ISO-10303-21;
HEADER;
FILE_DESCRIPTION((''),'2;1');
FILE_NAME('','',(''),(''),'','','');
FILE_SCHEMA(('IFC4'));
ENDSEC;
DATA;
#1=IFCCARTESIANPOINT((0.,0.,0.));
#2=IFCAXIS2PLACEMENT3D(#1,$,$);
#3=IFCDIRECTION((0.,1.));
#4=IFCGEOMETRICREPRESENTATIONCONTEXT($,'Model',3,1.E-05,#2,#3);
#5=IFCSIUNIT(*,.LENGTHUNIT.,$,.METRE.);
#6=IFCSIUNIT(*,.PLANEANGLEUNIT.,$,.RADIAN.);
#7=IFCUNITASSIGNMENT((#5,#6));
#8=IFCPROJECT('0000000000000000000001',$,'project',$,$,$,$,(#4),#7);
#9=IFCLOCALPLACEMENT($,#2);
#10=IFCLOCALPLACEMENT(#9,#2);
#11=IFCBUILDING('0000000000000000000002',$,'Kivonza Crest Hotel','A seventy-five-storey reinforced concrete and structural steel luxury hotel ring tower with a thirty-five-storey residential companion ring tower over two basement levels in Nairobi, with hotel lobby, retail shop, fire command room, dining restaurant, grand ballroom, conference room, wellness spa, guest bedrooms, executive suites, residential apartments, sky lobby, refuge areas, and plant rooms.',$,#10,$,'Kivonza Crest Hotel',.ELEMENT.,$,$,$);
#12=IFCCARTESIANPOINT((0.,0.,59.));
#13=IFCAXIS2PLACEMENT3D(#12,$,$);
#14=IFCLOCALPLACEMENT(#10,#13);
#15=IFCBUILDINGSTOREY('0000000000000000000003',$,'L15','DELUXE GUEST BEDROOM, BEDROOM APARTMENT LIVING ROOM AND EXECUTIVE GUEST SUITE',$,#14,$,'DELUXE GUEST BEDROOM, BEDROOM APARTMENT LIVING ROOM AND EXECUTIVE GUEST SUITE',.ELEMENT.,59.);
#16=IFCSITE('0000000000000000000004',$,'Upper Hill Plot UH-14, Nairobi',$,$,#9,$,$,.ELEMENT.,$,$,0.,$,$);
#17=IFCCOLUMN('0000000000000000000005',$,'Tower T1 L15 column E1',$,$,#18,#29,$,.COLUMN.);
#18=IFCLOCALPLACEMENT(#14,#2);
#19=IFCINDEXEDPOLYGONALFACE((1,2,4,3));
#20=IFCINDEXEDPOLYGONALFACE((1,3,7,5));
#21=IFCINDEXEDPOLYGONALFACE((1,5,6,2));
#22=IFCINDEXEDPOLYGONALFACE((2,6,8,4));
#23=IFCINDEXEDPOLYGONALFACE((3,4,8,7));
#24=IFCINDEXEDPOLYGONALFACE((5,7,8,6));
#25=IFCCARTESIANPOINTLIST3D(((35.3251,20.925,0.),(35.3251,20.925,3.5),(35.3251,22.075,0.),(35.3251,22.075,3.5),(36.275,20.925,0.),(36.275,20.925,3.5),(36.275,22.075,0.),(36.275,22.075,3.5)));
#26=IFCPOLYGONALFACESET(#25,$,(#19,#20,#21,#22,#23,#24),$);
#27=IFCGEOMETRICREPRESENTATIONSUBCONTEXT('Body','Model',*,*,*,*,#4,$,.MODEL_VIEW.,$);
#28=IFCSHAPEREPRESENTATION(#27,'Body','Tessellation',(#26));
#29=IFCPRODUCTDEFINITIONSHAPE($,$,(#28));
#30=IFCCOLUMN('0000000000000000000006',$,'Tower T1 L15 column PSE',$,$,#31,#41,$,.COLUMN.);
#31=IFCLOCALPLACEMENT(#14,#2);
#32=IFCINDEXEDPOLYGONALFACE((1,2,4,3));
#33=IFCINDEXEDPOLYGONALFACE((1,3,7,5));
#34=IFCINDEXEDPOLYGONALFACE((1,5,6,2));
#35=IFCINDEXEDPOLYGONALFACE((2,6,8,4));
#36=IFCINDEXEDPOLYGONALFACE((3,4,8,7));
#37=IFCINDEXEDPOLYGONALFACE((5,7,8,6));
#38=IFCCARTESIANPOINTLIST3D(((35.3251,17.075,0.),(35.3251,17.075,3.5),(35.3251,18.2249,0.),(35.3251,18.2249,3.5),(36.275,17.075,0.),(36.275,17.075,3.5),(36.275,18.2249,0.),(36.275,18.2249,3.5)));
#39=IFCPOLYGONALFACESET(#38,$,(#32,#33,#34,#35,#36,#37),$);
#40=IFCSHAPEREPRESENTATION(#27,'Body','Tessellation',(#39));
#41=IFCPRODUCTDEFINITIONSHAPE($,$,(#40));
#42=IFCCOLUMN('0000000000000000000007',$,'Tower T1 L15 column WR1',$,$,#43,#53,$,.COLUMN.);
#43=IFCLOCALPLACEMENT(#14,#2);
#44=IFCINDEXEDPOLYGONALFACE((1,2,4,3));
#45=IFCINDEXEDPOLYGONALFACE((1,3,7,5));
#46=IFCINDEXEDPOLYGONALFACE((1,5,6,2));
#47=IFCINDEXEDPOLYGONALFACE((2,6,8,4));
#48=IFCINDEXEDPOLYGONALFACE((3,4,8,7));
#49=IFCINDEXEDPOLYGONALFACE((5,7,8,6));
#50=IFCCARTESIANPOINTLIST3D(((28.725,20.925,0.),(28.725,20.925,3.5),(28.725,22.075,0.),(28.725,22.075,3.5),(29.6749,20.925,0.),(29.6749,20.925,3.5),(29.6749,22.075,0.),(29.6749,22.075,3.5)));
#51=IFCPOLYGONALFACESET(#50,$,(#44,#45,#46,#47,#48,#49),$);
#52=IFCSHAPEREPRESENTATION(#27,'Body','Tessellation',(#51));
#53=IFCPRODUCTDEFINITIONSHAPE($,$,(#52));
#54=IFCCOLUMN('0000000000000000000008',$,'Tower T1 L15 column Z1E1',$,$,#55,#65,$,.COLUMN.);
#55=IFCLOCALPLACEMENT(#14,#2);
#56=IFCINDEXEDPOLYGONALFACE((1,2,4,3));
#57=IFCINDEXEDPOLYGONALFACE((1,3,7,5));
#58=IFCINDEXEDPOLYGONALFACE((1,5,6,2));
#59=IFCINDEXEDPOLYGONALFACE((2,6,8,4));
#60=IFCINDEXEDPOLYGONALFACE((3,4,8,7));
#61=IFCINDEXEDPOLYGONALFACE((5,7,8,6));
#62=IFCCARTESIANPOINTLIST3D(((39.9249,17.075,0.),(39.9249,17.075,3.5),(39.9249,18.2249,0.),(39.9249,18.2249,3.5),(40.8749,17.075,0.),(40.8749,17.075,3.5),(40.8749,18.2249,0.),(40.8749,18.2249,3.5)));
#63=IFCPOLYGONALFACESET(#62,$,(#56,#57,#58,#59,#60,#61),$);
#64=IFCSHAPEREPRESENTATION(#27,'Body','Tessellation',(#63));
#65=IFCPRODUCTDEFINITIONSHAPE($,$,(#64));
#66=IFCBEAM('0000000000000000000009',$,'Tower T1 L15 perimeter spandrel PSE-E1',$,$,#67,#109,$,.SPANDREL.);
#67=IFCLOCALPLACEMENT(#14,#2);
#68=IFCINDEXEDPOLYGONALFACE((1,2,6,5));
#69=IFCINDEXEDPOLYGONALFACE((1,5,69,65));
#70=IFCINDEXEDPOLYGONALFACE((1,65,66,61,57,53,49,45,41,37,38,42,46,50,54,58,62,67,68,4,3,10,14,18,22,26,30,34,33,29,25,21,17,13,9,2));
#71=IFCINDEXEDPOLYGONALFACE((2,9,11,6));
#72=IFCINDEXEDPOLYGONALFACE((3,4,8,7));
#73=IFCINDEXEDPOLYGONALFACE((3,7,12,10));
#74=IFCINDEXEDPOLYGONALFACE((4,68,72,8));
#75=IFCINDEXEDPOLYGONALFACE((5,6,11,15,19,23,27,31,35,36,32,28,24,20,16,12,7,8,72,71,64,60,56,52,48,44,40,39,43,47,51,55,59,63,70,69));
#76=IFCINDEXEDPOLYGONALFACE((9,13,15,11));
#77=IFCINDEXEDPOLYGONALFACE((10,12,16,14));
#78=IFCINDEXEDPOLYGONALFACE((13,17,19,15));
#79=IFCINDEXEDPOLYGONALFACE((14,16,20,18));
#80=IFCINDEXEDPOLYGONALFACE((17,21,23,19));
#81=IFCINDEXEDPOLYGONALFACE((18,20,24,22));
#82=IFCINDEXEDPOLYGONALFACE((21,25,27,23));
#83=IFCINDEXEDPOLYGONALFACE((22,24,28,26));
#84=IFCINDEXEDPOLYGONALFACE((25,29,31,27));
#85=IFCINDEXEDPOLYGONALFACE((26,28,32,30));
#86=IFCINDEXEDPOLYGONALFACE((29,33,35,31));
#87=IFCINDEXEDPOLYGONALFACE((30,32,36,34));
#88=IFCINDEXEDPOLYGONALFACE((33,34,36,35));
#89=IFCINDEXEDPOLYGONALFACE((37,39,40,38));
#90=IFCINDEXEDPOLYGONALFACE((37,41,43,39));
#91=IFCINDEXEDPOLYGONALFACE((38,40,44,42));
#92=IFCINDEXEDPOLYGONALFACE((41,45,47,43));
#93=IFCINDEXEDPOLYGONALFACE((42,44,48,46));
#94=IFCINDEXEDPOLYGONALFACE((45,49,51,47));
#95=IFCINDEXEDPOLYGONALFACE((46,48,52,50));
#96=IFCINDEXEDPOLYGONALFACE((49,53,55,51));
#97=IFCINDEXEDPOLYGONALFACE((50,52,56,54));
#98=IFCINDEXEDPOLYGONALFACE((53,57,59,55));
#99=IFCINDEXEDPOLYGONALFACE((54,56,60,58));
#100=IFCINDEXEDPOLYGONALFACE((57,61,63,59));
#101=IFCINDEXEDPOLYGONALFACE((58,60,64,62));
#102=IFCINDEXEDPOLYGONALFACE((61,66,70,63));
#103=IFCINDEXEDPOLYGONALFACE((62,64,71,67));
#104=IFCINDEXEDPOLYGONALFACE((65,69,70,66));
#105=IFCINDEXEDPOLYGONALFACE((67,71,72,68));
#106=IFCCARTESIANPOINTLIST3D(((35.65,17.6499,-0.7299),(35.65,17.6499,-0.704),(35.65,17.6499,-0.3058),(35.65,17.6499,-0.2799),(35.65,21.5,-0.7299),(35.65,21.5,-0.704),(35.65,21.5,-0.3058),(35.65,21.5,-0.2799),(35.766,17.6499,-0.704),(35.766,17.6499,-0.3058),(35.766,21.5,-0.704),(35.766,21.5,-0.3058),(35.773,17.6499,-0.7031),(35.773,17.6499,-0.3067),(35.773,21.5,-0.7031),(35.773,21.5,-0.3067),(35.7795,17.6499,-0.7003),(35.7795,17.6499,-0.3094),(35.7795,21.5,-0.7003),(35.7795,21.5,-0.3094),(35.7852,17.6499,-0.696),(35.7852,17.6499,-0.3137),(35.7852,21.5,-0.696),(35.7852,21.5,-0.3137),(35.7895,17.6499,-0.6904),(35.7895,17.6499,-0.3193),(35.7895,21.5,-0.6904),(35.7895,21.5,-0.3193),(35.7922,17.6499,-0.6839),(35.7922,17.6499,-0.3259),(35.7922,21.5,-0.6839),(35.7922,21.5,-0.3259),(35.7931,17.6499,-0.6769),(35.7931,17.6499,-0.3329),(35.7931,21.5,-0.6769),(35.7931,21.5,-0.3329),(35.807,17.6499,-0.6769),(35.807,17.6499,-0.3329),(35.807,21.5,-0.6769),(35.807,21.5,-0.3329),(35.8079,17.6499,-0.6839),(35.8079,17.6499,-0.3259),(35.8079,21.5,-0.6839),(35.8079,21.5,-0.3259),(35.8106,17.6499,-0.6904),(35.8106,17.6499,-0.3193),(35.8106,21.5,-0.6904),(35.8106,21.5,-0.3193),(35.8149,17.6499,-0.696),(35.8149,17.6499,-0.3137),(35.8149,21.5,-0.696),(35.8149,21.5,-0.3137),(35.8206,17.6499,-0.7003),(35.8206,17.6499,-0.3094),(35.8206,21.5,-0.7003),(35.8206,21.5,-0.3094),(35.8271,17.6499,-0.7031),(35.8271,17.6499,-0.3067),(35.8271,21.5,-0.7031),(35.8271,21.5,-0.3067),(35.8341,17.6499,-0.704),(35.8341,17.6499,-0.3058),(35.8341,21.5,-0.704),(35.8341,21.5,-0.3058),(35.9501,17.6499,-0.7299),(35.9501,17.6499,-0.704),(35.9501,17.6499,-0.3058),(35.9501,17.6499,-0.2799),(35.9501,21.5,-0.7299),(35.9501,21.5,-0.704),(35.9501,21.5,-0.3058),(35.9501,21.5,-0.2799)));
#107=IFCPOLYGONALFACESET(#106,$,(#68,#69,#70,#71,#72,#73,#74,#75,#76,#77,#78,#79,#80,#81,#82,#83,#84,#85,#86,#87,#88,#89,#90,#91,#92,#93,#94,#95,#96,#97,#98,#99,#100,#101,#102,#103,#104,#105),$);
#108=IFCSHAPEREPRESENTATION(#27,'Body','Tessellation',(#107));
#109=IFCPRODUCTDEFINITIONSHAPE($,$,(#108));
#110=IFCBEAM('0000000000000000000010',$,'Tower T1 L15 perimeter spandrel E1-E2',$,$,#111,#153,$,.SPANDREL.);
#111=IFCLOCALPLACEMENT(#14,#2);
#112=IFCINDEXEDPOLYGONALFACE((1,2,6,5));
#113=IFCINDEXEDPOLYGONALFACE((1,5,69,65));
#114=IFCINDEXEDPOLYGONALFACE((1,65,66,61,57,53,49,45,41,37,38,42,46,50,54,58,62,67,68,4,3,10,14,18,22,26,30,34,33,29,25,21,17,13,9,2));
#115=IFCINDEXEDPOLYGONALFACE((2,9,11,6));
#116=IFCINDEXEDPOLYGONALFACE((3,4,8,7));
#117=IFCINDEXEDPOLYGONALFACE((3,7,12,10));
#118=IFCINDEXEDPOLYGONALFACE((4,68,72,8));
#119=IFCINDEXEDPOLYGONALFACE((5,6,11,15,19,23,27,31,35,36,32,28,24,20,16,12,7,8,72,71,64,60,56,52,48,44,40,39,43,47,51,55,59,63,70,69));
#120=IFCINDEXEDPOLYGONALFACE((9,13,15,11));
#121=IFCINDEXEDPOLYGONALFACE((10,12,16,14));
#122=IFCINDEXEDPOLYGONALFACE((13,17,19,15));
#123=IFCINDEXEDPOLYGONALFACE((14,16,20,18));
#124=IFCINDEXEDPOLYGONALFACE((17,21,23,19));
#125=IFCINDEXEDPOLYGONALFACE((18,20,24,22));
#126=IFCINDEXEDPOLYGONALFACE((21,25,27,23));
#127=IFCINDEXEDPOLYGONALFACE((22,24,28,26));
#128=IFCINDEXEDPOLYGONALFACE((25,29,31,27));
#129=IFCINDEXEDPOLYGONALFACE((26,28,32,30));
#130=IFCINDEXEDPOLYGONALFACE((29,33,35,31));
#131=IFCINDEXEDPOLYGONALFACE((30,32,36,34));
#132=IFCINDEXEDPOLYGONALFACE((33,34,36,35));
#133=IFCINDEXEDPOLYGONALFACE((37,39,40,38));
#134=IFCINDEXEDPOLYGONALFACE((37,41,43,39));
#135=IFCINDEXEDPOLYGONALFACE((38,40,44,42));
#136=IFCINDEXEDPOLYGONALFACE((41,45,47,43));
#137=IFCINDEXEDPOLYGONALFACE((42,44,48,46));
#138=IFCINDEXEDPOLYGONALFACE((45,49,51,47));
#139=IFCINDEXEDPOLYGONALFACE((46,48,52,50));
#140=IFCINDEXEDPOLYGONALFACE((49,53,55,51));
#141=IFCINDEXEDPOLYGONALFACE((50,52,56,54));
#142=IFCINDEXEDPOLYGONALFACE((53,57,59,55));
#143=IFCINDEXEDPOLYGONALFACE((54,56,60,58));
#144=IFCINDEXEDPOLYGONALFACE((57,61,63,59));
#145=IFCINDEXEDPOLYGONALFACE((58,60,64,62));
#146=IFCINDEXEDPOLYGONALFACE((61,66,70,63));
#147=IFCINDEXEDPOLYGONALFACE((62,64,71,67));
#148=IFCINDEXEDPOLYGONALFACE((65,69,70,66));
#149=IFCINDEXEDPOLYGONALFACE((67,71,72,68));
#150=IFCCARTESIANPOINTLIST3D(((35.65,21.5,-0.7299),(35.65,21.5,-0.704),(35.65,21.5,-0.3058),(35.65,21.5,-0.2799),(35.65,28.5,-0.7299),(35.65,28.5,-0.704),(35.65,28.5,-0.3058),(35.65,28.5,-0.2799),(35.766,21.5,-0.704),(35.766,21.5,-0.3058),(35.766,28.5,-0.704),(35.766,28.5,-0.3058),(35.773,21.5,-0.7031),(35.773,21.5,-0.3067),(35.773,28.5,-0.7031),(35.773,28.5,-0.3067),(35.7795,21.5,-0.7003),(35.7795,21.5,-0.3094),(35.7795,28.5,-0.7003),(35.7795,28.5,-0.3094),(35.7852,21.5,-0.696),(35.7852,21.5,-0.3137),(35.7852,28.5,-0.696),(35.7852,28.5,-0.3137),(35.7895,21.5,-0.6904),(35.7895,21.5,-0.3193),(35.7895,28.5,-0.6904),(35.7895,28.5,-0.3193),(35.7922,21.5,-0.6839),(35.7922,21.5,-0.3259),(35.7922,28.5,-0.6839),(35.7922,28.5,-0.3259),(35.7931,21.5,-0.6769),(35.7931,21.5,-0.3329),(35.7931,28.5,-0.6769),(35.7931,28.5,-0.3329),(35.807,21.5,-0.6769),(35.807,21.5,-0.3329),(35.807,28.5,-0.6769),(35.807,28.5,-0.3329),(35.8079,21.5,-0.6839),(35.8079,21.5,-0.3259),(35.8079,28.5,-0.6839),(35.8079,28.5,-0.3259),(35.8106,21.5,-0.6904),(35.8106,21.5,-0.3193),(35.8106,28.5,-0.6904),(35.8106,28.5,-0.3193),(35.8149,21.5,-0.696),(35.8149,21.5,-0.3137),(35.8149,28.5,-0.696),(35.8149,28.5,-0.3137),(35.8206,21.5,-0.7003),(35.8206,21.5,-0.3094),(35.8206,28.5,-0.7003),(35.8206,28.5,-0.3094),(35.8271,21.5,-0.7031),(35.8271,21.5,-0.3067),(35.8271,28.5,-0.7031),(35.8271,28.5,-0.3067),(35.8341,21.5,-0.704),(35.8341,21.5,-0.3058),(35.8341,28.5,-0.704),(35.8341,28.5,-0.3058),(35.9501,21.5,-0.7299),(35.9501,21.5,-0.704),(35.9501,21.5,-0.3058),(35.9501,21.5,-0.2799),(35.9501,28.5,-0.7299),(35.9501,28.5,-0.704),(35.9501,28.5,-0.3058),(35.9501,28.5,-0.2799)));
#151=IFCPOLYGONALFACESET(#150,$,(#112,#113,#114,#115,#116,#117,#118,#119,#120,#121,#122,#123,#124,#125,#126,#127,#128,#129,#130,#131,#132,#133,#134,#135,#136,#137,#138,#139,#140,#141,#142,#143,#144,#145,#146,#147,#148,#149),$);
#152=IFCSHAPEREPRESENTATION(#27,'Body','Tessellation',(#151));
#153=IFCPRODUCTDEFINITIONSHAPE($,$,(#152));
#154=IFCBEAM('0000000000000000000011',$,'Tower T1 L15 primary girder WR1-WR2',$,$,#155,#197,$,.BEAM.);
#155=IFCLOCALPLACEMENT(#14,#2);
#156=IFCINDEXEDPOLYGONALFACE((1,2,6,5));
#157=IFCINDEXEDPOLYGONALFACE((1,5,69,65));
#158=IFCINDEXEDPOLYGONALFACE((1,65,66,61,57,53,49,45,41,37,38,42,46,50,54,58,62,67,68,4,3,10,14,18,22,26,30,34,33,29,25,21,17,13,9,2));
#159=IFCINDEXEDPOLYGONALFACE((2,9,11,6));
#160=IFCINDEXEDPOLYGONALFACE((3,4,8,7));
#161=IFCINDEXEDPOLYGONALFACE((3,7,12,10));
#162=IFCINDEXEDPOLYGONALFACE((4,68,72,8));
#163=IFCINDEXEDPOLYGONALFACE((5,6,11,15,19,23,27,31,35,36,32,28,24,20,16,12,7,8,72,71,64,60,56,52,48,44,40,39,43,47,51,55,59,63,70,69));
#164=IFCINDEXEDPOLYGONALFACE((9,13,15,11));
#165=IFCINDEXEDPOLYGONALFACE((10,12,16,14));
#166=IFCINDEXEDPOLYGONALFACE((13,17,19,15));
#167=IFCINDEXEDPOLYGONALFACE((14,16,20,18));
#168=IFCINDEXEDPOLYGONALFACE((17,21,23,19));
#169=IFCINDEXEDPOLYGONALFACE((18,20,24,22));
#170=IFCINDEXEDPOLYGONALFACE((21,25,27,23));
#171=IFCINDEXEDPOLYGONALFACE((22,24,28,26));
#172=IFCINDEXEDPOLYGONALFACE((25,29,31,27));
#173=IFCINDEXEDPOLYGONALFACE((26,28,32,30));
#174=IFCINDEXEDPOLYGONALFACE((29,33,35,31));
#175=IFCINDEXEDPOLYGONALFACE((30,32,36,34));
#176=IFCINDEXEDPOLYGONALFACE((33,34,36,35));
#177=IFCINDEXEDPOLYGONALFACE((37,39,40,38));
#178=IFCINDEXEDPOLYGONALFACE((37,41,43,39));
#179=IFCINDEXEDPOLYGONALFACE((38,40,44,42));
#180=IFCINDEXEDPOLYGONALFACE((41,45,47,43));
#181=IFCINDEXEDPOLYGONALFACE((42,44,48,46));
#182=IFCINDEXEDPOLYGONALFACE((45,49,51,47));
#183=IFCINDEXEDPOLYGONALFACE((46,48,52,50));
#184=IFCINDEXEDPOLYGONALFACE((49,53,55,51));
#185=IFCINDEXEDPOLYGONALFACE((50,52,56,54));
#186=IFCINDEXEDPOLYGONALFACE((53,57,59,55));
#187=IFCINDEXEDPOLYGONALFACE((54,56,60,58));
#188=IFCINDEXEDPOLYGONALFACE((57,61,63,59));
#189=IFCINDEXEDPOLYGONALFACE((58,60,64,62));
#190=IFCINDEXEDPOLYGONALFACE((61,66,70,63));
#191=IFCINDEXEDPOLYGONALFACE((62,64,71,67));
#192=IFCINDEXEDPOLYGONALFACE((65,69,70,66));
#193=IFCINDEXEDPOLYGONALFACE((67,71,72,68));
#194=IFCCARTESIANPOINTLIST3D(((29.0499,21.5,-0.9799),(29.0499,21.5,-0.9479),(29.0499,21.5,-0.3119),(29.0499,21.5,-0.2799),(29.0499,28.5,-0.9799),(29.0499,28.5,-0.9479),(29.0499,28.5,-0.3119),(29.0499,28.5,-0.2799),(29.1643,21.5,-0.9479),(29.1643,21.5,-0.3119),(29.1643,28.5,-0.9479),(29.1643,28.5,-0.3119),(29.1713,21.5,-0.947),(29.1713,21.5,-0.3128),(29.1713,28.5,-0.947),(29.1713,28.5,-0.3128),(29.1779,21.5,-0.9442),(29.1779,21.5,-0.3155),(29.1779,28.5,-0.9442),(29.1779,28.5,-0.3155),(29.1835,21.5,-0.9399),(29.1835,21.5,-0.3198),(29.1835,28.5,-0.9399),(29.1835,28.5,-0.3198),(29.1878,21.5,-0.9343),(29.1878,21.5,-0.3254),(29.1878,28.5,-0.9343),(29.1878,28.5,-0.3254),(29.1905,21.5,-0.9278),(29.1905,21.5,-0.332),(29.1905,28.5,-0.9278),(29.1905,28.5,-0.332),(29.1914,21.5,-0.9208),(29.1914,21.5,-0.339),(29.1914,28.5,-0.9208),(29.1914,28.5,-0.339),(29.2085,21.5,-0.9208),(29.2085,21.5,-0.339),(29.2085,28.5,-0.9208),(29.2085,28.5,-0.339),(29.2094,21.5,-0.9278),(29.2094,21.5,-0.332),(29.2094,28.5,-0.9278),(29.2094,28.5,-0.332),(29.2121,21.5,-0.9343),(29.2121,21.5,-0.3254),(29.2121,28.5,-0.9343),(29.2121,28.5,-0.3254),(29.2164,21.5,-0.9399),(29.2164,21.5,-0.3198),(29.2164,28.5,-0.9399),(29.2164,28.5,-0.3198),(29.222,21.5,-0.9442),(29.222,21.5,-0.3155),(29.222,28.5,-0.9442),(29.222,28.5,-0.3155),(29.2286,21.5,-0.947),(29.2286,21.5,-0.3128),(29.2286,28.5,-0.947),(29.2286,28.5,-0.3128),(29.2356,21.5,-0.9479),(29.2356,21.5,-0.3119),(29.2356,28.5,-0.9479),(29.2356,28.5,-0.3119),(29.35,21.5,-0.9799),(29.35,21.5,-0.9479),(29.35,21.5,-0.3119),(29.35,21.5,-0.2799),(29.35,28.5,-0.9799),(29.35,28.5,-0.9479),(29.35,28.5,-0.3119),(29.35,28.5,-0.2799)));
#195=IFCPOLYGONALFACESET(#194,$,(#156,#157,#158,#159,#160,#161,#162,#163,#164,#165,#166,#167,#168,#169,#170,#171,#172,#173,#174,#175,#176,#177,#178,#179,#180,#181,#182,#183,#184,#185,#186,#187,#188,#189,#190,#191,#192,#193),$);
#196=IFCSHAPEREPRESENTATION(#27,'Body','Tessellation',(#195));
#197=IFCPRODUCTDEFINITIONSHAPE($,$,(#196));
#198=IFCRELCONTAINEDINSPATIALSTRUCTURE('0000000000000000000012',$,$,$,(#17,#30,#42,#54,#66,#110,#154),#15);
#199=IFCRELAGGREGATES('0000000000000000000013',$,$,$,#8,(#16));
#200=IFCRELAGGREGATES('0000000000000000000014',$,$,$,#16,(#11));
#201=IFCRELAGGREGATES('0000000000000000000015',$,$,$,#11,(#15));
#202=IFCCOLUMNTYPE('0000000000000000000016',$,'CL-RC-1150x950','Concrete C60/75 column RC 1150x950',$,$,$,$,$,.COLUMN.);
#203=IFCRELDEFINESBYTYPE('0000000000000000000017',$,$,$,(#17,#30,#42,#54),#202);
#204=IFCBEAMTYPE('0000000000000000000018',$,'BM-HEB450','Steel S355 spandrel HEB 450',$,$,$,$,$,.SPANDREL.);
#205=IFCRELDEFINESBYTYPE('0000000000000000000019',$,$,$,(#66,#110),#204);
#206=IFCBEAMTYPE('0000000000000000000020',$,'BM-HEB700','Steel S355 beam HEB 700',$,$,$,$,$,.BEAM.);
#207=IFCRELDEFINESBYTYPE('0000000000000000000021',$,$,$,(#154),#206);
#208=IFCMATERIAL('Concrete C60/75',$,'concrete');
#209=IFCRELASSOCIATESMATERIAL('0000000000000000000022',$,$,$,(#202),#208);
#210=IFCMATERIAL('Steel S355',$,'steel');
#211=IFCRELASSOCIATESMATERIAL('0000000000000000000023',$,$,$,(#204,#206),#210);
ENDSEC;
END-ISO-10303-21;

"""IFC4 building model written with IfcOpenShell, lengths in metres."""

from ifc_helpers import new_model, si_unit, direction, frame, origin, origin_2d, place, context, subcontext, project, spatial, rectangle, i_section, extrude, material, material_profile, profile_set, type_object, element, save


model = new_model("IFC4")

# Units and contexts
model_context = context("Model", 3, precision=1e-05, world=origin(), true_north=direction((0.0, 1.0)))
body_context = subcontext(model_context, "Body", "Model", "MODEL_VIEW")
ifc_project = project(units=[si_unit("LENGTHUNIT", "METRE"), si_unit("PLANEANGLEUNIT", "RADIAN")], contexts=[model_context])

# Site, building, storey
site_placement = place(None, origin())
site = spatial("IfcSite", under=ifc_project, at=site_placement, Name="Upper Hill Plot UH-14, Nairobi", CompositionType="ELEMENT", RefElevation=0.0)
building_placement = place(site_placement, origin())
building = spatial("IfcBuilding", under=site, at=building_placement, Name="Kivonza Crest Hotel", Description="A seventy-five-storey reinforced concrete and structural steel luxury hotel ring tower with a thirty-five-storey residential companion ring tower over two basement levels in Nairobi, with hotel lobby, retail shop, fire command room, dining restaurant, grand ballroom, conference room, wellness spa, guest bedrooms, executive suites, residential apartments, sky lobby, refuge areas, and plant rooms.", LongName="Kivonza Crest Hotel", CompositionType="ELEMENT")
storey_placement = place(building_placement, frame((0.0, 0.0, 59.0)))
storey = spatial("IfcBuildingStorey", under=building, at=storey_placement, Name="L15", Description="DELUXE GUEST BEDROOM, BEDROOM APARTMENT LIVING ROOM AND EXECUTIVE GUEST SUITE", LongName="DELUXE GUEST BEDROOM, BEDROOM APARTMENT LIVING ROOM AND EXECUTIVE GUEST SUITE", CompositionType="ELEMENT", Elevation=59.0)

# Columns
ifc_material_1 = material(Name="Concrete C60/75", Category="concrete")
ifc_material_profile_1 = material_profile(ifc_material_1, rectangle(XDim=0.95, YDim=1.1499, at=origin_2d()), Name="RC 1150x950")
ifc_profile_set_1 = profile_set([ifc_material_profile_1], Name="Concrete C60/75")
column_type = type_object("IfcColumnType", Name="CL-RC-1150x950", Description="Concrete C60/75 column RC 1150x950", PredefinedType="COLUMN", material=ifc_profile_set_1)
for number, where, z_axis, x_axis, name in (
    (1, (35.8, 21.5, 0.0), (0.0, 0.0, 1.0), (1.0, 0.0, 0.0), "Tower T1 L15 column E1"),
    (2, (35.8, 17.6499, 0.0), (0.0, 0.0, 1.0), (1.0, 0.0, 0.0), "Tower T1 L15 column PSE"),
    (3, (29.2, 21.5, 0.0), (0.0, 0.0, 1.0), (1.0, 0.0, 0.0), "Tower T1 L15 column WR1"),
    (4, (40.3999, 17.6499, 0.0), (0.0, 0.0, 1.0), (1.0, 0.0, 0.0), "Tower T1 L15 column Z1E1"),
):
    element("IfcColumn", number, at=place(storey_placement, frame(where, z_axis=z_axis, x_axis=x_axis)), inside=storey, type_object=column_type, Name=name, PredefinedType="COLUMN", context=body_context, shape_type="SweptSolid", body=[
        extrude(rectangle(XDim=0.95, YDim=1.1499, at=origin_2d()), origin(), (0.0, 0.0, 1.0), 3.5),
    ])

# Beams
ifc_material_2 = material(Name="Steel S355", Category="steel")
ifc_material_profile_2 = material_profile(ifc_material_2, i_section(OverallWidth=0.3, OverallDepth=0.45, WebThickness=0.0139, FlangeThickness=0.0259, FilletRadius=0.0271, at=origin_2d()), Name="HEB 450")
ifc_profile_set_2 = profile_set([ifc_material_profile_2], Name="Steel S355")
beam_type_1 = type_object("IfcBeamType", Name="BM-HEB450", Description="Steel S355 spandrel HEB 450", PredefinedType="SPANDREL", material=ifc_profile_set_2)
beam_1_placement = place(storey_placement, frame((35.8, 17.6499, -0.5049), z_axis=(0.0, 1.0, 0.0), x_axis=(-1.0, 0.0, 0.0)))
element("IfcBeam", 5, at=beam_1_placement, inside=storey, type_object=beam_type_1, Name="Tower T1 L15 perimeter spandrel PSE-E1", PredefinedType="SPANDREL", context=body_context, shape_type="SweptSolid", body=[
    extrude(i_section(OverallWidth=0.3, OverallDepth=0.45, WebThickness=0.0139, FlangeThickness=0.0259, FilletRadius=0.0271, at=origin_2d()), origin(), (0.0, 0.0, 1.0), 3.8501),
])
beam_2_placement = place(storey_placement, frame((35.8, 21.5, -0.5049), z_axis=(0.0, 1.0, 0.0), x_axis=(-1.0, 0.0, 0.0)))
element("IfcBeam", 6, at=beam_2_placement, inside=storey, type_object=beam_type_1, Name="Tower T1 L15 perimeter spandrel E1-E2", PredefinedType="SPANDREL", context=body_context, shape_type="SweptSolid", body=[
    extrude(i_section(OverallWidth=0.3, OverallDepth=0.45, WebThickness=0.0139, FlangeThickness=0.0259, FilletRadius=0.0271, at=origin_2d()), origin(), (0.0, 0.0, 1.0), 7.0),
])
ifc_material_profile_3 = material_profile(ifc_material_2, i_section(OverallWidth=0.3, OverallDepth=0.7, WebThickness=0.0171, FlangeThickness=0.032, FilletRadius=0.0271, at=origin_2d()), Name="HEB 700")
ifc_profile_set_3 = profile_set([ifc_material_profile_3], Name="Steel S355")
beam_type_2 = type_object("IfcBeamType", Name="BM-HEB700", Description="Steel S355 beam HEB 700", PredefinedType="BEAM", material=ifc_profile_set_3)
beam_3_placement = place(storey_placement, frame((29.2, 21.5, -0.6299), z_axis=(0.0, 1.0, 0.0), x_axis=(-1.0, 0.0, 0.0)))
element("IfcBeam", 7, at=beam_3_placement, inside=storey, type_object=beam_type_2, Name="Tower T1 L15 primary girder WR1-WR2", PredefinedType="BEAM", context=body_context, shape_type="SweptSolid", body=[
    extrude(i_section(OverallWidth=0.3, OverallDepth=0.7, WebThickness=0.0171, FlangeThickness=0.032, FilletRadius=0.0271, at=origin_2d()), origin(), (0.0, 0.0, 1.0), 7.0),
])

save(model, "model.ifc")
